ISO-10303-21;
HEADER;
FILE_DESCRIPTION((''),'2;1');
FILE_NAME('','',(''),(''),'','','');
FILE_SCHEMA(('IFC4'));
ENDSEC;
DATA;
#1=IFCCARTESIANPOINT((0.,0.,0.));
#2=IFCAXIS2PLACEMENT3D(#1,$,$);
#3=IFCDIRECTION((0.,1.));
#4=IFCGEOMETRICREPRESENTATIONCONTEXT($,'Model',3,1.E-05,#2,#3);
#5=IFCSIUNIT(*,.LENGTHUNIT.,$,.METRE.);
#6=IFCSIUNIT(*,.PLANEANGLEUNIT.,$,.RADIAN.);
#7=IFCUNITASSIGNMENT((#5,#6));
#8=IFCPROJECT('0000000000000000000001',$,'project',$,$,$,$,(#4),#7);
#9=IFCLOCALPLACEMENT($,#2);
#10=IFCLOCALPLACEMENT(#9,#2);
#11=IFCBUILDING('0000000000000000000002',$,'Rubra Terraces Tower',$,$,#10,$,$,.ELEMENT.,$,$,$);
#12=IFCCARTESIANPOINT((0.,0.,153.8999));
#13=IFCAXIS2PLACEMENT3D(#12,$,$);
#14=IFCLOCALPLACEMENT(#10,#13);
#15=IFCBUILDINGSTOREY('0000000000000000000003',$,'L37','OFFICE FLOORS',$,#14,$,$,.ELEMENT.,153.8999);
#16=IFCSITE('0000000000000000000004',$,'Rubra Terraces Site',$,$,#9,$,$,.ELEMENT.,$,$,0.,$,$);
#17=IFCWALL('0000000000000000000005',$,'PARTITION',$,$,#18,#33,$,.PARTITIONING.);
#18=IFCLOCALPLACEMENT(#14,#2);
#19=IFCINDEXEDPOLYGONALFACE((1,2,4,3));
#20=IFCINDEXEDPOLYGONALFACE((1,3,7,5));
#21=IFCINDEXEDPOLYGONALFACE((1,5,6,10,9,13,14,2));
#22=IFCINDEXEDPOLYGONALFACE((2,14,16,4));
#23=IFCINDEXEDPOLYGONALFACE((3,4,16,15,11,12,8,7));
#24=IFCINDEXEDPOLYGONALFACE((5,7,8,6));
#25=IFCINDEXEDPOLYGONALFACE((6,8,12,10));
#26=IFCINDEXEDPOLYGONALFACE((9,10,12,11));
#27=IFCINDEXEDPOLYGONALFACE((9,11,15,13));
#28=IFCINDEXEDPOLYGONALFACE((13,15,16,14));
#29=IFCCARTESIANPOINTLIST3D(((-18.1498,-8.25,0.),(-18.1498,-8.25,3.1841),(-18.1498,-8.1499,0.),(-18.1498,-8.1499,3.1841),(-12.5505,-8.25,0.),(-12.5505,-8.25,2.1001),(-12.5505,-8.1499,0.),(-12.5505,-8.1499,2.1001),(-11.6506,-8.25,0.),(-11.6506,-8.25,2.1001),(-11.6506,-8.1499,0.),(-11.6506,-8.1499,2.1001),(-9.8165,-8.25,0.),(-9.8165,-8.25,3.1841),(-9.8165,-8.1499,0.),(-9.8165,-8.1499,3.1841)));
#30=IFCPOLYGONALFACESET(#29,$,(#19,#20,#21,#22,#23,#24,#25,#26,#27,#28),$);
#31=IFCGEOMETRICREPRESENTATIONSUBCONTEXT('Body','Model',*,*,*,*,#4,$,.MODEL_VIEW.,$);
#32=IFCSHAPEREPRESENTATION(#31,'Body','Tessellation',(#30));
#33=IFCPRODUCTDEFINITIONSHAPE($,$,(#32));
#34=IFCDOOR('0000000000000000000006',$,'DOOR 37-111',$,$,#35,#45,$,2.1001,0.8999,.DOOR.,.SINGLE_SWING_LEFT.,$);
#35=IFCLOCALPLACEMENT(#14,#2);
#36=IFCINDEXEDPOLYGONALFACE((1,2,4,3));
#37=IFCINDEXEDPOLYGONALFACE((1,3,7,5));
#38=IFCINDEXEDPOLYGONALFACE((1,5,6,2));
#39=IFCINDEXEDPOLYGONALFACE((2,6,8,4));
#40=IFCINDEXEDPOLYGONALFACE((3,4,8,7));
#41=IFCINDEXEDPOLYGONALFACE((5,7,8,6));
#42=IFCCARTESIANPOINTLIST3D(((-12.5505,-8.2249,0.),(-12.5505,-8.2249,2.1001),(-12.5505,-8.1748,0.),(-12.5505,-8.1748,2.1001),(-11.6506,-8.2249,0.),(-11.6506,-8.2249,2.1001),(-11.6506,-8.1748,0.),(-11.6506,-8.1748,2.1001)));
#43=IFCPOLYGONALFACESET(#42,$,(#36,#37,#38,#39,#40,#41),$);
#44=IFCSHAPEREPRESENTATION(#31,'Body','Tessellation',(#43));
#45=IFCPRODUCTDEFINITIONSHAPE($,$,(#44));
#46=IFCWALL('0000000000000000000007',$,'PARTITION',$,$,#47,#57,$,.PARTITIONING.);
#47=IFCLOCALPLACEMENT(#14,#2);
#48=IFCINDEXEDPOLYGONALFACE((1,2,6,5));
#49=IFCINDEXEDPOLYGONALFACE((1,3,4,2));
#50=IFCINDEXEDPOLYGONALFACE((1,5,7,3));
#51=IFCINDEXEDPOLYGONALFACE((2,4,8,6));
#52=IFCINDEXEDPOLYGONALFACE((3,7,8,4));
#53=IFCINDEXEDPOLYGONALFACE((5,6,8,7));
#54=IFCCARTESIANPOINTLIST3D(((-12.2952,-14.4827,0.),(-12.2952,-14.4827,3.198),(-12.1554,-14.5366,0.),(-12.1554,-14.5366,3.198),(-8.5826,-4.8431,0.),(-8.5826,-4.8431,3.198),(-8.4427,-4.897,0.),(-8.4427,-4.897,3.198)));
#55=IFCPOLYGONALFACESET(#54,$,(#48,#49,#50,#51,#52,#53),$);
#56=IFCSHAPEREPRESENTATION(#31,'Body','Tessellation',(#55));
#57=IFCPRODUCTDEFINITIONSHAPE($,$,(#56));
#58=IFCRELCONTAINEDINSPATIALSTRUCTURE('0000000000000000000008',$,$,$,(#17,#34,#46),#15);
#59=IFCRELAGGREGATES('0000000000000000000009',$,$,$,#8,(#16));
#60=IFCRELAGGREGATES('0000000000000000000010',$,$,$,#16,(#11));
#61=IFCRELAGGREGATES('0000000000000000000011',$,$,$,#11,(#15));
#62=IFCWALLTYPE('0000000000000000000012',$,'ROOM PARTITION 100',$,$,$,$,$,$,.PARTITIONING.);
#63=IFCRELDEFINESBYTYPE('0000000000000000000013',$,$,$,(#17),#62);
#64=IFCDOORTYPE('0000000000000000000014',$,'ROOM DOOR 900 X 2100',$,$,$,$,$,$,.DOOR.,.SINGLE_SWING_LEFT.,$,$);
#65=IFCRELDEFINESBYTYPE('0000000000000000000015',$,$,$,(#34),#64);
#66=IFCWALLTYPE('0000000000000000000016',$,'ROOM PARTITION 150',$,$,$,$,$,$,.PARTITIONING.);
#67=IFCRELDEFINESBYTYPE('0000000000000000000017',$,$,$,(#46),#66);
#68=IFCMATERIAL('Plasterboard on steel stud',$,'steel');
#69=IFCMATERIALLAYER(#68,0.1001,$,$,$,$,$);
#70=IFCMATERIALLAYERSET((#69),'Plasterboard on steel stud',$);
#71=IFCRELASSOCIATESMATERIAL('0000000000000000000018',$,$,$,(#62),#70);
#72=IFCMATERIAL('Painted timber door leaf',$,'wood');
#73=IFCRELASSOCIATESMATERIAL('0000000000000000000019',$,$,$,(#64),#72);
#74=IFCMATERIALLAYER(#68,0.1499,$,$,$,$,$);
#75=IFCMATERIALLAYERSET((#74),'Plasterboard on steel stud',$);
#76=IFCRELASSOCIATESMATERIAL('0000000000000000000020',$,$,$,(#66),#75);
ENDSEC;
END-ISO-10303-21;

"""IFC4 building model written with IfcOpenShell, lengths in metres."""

from ifc_helpers import new_model, si_unit, direction, frame, frame_2d, origin, place, context, subcontext, project, spatial, rectangle, extrude, material, layer, layer_set, type_object, element, fill, save


model = new_model("IFC4")

# Units and contexts
model_context = context("Model", 3, precision=1e-05, world=origin(), true_north=direction((0.0, 1.0)))
body_context = subcontext(model_context, "Body", "Model", "MODEL_VIEW")
ifc_project = project(units=[si_unit("LENGTHUNIT", "METRE"), si_unit("PLANEANGLEUNIT", "RADIAN")], contexts=[model_context])

# Site, building, storey
site_placement = place(None, origin())
site = spatial("IfcSite", under=ifc_project, at=site_placement, Name="Rubra Terraces Site", CompositionType="ELEMENT", RefElevation=0.0)
building_placement = place(site_placement, origin())
building = spatial("IfcBuilding", under=site, at=building_placement, Name="Rubra Terraces Tower", CompositionType="ELEMENT")
storey_placement = place(building_placement, frame((0.0, 0.0, 153.8999)))
storey = spatial("IfcBuildingStorey", under=building, at=storey_placement, Name="L37", Description="OFFICE FLOORS", CompositionType="ELEMENT", Elevation=153.8999)

# Wall, opening, door
ifc_material_1 = material(Name="Plasterboard on steel stud", Category="steel")
ifc_layer_1 = layer(ifc_material_1, 0.1001)
ifc_layer_set_1 = layer_set([ifc_layer_1], Name="Plasterboard on steel stud")
wall_type_1 = type_object("IfcWallType", Name="ROOM PARTITION 100", PredefinedType="PARTITIONING", material=ifc_layer_set_1)
wall_1_placement = place(storey_placement, frame((-9.8167, -8.2, 0.0), z_axis=(0.0, 0.0, 1.0), x_axis=(-1.0, 0.0, 0.0)))
wall_1 = element("IfcWall", 1, at=wall_1_placement, inside=storey, type_object=wall_type_1, Name="PARTITION", PredefinedType="PARTITIONING", context=body_context, shape_type="SweptSolid", body=[
    extrude(rectangle(XDim=8.3333, YDim=0.1001, at=frame_2d((4.1665, 0.0))), origin(), (0.0, 0.0, 1.0), 3.1841),
])
opening_1_placement = place(wall_1_placement, frame((1.834, 0.0, 0.0)))
opening_1 = element("IfcOpeningElement", 2, at=opening_1_placement, cuts=wall_1, PredefinedType="OPENING", context=body_context, shape_type="SweptSolid", body=[
    extrude(rectangle(XDim=0.8999, YDim=2.1001, at=frame_2d((0.45, 1.05))), frame((0.0, 0.0601, 0.0), z_axis=(0.0, -1.0, 0.0), x_axis=(1.0, 0.0, 0.0)), (0.0, 0.0, 1.0), 0.1201),
])
ifc_material_2 = material(Name="Painted timber door leaf", Category="wood")
door_type = type_object("IfcDoorType", Name="ROOM DOOR 900 X 2100", OperationType="SINGLE_SWING_LEFT", PredefinedType="DOOR", material=ifc_material_2)
door_placement = place(opening_1_placement, origin())
door = element("IfcDoor", 3, at=door_placement, inside=storey, type_object=door_type, Name="DOOR 37-111", OperationType="SINGLE_SWING_LEFT", OverallHeight=2.1001, OverallWidth=0.8999, PredefinedType="DOOR", context=body_context, shape_type="SweptSolid", body=[
    extrude(rectangle(XDim=0.8999, YDim=2.1001, at=frame_2d((0.45, 1.05))), frame((0.0, 0.0249, 0.0), z_axis=(0.0, -1.0, 0.0), x_axis=(1.0, 0.0, 0.0)), (0.0, 0.0, 1.0), 0.05),
])
fill(opening_1, door)

# Wall
ifc_layer_2 = layer(ifc_material_1, 0.1499)
ifc_layer_set_2 = layer_set([ifc_layer_2], Name="Plasterboard on steel stud")
wall_type_2 = type_object("IfcWallType", Name="ROOM PARTITION 150", PredefinedType="PARTITIONING", material=ifc_layer_set_2)
wall_2_placement = place(storey_placement, frame((-12.2253, -14.5098, 0.0), z_axis=(0.0, 0.0, 1.0), x_axis=(0.359408, 0.93318, 0.0)))
element("IfcWall", 4, at=wall_2_placement, inside=storey, type_object=wall_type_2, Name="PARTITION", PredefinedType="PARTITIONING", context=body_context, shape_type="SweptSolid", body=[
    extrude(rectangle(XDim=10.3298, YDim=0.1499, at=frame_2d((5.165, 0.0))), origin(), (0.0, 0.0, 1.0), 3.198),
])

save(model, "model.ifc")
